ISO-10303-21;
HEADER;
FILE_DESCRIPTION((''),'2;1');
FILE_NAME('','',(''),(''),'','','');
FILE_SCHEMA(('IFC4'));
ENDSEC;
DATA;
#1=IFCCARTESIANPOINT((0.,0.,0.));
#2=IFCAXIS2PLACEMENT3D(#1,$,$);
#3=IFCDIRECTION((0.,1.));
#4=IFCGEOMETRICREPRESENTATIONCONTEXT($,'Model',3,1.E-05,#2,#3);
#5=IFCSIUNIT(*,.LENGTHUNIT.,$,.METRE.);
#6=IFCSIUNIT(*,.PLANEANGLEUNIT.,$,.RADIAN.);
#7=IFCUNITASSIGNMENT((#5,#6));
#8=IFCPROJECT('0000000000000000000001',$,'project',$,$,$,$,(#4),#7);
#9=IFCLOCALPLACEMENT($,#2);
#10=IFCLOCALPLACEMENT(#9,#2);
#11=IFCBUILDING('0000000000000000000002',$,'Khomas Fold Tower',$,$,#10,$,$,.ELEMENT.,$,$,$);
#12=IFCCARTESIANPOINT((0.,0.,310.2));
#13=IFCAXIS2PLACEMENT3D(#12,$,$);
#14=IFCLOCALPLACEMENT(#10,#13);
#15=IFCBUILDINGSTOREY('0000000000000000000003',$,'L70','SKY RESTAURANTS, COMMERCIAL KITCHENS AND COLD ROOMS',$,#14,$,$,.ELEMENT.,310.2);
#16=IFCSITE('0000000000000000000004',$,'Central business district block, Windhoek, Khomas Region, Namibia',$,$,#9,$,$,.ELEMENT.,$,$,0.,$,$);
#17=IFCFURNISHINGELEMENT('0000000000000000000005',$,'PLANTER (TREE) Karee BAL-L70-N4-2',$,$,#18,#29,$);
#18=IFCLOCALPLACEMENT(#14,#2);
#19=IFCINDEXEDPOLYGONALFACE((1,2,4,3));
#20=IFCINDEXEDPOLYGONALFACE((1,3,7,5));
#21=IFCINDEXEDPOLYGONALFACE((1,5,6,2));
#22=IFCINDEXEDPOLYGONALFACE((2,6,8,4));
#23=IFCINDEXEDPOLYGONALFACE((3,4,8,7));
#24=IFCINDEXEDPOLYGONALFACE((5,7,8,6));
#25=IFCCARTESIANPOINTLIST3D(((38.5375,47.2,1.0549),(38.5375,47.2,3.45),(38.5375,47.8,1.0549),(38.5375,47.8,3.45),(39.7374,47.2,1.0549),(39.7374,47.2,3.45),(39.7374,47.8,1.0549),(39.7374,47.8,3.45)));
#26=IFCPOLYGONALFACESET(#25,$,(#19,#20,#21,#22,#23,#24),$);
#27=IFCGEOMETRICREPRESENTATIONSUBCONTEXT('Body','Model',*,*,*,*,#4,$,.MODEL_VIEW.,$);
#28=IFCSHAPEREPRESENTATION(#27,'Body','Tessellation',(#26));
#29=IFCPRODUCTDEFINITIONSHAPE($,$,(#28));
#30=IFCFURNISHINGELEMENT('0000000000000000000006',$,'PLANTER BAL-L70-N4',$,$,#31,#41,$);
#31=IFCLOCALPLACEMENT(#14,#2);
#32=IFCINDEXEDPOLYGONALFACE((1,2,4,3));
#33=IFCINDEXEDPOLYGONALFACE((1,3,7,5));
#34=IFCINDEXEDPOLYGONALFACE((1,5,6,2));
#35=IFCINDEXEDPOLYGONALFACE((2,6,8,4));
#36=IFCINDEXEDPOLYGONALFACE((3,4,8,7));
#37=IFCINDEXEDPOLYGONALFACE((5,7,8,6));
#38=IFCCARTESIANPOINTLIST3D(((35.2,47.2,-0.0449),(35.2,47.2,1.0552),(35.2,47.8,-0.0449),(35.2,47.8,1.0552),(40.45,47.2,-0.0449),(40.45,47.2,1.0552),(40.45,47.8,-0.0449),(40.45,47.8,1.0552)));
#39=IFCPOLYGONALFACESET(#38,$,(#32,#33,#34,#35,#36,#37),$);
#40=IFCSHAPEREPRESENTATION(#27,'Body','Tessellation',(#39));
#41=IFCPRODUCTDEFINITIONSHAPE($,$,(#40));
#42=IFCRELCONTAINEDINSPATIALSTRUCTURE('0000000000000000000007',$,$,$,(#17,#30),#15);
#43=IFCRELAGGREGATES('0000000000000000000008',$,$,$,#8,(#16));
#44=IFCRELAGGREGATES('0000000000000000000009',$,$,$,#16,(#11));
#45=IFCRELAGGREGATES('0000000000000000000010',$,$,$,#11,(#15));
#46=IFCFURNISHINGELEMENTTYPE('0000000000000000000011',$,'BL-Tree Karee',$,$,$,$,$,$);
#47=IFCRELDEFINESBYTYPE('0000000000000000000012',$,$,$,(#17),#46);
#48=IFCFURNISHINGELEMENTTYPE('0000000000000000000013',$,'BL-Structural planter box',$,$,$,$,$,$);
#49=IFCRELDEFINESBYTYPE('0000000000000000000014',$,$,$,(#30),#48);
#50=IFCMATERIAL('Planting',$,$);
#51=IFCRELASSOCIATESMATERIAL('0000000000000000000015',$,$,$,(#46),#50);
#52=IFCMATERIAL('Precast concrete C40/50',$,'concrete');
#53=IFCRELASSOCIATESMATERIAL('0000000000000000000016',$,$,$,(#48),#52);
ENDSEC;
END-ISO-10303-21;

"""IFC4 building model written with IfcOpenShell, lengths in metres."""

from ifc_helpers import new_model, si_unit, direction, frame, origin, origin_2d, place, context, subcontext, project, spatial, rectangle, extrude, source, transform, mapped, material, type_object, element, save


model = new_model("IFC4")

# Units and contexts
model_context = context("Model", 3, precision=1e-05, world=origin(), true_north=direction((0.0, 1.0)))
body_context = subcontext(model_context, "Body", "Model", "MODEL_VIEW")
ifc_project = project(units=[si_unit("LENGTHUNIT", "METRE"), si_unit("PLANEANGLEUNIT", "RADIAN")], contexts=[model_context])

# Site, building, storey
site_placement = place(None, origin())
site = spatial("IfcSite", under=ifc_project, at=site_placement, Name="Central business district block, Windhoek, Khomas Region, Namibia", CompositionType="ELEMENT", RefElevation=0.0)
building_placement = place(site_placement, origin())
building = spatial("IfcBuilding", under=site, at=building_placement, Name="Khomas Fold Tower", CompositionType="ELEMENT")
storey_placement = place(building_placement, frame((0.0, 0.0, 310.2)))
storey = spatial("IfcBuildingStorey", under=building, at=storey_placement, Name="L70", Description="SKY RESTAURANTS, COMMERCIAL KITCHENS AND COLD ROOMS", CompositionType="ELEMENT", Elevation=310.2)

# Furnishing elements
shared_shape_1 = source(origin(), body_context, "Body", "SweptSolid", [
    extrude(rectangle(XDim=1.2, YDim=0.6001, at=origin_2d()), origin(), (0.0, 0.0, 1.0), 2.395),
])
ifc_material_1 = material(Name="Planting")
furnishing_element_type_1 = type_object("IfcFurnishingElementType", Name="BL-Tree Karee", material=ifc_material_1)
furnishing_1_placement = place(storey_placement, frame((39.1375, 47.5, 1.0549), z_axis=(0.0, 0.0, 1.0), x_axis=(1.0, 0.0, 0.0)))
element("IfcFurnishingElement", 1, at=furnishing_1_placement, inside=storey, type_object=furnishing_element_type_1, Name="PLANTER (TREE) Karee BAL-L70-N4-2", context=body_context, shape_type="MappedRepresentation", body=[
    mapped(shared_shape_1, transform((0.0, 0.0, 0.0))),
])
ifc_material_2 = material(Name="Precast concrete C40/50", Category="concrete")
furnishing_element_type_2 = type_object("IfcFurnishingElementType", Name="BL-Structural planter box", material=ifc_material_2)
shared_shape_2 = source(origin(), body_context, "Body", "SweptSolid", [
    extrude(rectangle(XDim=5.25, YDim=0.6001, at=origin_2d()), origin(), (0.0, 0.0, 1.0), 1.1001),
])
furnishing_2_placement = place(storey_placement, frame((37.825, 47.5, -0.0449), z_axis=(0.0, 0.0, 1.0), x_axis=(1.0, 0.0, 0.0)))
element("IfcFurnishingElement", 2, at=furnishing_2_placement, inside=storey, type_object=furnishing_element_type_2, Name="PLANTER BAL-L70-N4", context=body_context, shape_type="MappedRepresentation", body=[
    mapped(shared_shape_2, transform((0.0, 0.0, 0.0))),
])

save(model, "model.ifc")
